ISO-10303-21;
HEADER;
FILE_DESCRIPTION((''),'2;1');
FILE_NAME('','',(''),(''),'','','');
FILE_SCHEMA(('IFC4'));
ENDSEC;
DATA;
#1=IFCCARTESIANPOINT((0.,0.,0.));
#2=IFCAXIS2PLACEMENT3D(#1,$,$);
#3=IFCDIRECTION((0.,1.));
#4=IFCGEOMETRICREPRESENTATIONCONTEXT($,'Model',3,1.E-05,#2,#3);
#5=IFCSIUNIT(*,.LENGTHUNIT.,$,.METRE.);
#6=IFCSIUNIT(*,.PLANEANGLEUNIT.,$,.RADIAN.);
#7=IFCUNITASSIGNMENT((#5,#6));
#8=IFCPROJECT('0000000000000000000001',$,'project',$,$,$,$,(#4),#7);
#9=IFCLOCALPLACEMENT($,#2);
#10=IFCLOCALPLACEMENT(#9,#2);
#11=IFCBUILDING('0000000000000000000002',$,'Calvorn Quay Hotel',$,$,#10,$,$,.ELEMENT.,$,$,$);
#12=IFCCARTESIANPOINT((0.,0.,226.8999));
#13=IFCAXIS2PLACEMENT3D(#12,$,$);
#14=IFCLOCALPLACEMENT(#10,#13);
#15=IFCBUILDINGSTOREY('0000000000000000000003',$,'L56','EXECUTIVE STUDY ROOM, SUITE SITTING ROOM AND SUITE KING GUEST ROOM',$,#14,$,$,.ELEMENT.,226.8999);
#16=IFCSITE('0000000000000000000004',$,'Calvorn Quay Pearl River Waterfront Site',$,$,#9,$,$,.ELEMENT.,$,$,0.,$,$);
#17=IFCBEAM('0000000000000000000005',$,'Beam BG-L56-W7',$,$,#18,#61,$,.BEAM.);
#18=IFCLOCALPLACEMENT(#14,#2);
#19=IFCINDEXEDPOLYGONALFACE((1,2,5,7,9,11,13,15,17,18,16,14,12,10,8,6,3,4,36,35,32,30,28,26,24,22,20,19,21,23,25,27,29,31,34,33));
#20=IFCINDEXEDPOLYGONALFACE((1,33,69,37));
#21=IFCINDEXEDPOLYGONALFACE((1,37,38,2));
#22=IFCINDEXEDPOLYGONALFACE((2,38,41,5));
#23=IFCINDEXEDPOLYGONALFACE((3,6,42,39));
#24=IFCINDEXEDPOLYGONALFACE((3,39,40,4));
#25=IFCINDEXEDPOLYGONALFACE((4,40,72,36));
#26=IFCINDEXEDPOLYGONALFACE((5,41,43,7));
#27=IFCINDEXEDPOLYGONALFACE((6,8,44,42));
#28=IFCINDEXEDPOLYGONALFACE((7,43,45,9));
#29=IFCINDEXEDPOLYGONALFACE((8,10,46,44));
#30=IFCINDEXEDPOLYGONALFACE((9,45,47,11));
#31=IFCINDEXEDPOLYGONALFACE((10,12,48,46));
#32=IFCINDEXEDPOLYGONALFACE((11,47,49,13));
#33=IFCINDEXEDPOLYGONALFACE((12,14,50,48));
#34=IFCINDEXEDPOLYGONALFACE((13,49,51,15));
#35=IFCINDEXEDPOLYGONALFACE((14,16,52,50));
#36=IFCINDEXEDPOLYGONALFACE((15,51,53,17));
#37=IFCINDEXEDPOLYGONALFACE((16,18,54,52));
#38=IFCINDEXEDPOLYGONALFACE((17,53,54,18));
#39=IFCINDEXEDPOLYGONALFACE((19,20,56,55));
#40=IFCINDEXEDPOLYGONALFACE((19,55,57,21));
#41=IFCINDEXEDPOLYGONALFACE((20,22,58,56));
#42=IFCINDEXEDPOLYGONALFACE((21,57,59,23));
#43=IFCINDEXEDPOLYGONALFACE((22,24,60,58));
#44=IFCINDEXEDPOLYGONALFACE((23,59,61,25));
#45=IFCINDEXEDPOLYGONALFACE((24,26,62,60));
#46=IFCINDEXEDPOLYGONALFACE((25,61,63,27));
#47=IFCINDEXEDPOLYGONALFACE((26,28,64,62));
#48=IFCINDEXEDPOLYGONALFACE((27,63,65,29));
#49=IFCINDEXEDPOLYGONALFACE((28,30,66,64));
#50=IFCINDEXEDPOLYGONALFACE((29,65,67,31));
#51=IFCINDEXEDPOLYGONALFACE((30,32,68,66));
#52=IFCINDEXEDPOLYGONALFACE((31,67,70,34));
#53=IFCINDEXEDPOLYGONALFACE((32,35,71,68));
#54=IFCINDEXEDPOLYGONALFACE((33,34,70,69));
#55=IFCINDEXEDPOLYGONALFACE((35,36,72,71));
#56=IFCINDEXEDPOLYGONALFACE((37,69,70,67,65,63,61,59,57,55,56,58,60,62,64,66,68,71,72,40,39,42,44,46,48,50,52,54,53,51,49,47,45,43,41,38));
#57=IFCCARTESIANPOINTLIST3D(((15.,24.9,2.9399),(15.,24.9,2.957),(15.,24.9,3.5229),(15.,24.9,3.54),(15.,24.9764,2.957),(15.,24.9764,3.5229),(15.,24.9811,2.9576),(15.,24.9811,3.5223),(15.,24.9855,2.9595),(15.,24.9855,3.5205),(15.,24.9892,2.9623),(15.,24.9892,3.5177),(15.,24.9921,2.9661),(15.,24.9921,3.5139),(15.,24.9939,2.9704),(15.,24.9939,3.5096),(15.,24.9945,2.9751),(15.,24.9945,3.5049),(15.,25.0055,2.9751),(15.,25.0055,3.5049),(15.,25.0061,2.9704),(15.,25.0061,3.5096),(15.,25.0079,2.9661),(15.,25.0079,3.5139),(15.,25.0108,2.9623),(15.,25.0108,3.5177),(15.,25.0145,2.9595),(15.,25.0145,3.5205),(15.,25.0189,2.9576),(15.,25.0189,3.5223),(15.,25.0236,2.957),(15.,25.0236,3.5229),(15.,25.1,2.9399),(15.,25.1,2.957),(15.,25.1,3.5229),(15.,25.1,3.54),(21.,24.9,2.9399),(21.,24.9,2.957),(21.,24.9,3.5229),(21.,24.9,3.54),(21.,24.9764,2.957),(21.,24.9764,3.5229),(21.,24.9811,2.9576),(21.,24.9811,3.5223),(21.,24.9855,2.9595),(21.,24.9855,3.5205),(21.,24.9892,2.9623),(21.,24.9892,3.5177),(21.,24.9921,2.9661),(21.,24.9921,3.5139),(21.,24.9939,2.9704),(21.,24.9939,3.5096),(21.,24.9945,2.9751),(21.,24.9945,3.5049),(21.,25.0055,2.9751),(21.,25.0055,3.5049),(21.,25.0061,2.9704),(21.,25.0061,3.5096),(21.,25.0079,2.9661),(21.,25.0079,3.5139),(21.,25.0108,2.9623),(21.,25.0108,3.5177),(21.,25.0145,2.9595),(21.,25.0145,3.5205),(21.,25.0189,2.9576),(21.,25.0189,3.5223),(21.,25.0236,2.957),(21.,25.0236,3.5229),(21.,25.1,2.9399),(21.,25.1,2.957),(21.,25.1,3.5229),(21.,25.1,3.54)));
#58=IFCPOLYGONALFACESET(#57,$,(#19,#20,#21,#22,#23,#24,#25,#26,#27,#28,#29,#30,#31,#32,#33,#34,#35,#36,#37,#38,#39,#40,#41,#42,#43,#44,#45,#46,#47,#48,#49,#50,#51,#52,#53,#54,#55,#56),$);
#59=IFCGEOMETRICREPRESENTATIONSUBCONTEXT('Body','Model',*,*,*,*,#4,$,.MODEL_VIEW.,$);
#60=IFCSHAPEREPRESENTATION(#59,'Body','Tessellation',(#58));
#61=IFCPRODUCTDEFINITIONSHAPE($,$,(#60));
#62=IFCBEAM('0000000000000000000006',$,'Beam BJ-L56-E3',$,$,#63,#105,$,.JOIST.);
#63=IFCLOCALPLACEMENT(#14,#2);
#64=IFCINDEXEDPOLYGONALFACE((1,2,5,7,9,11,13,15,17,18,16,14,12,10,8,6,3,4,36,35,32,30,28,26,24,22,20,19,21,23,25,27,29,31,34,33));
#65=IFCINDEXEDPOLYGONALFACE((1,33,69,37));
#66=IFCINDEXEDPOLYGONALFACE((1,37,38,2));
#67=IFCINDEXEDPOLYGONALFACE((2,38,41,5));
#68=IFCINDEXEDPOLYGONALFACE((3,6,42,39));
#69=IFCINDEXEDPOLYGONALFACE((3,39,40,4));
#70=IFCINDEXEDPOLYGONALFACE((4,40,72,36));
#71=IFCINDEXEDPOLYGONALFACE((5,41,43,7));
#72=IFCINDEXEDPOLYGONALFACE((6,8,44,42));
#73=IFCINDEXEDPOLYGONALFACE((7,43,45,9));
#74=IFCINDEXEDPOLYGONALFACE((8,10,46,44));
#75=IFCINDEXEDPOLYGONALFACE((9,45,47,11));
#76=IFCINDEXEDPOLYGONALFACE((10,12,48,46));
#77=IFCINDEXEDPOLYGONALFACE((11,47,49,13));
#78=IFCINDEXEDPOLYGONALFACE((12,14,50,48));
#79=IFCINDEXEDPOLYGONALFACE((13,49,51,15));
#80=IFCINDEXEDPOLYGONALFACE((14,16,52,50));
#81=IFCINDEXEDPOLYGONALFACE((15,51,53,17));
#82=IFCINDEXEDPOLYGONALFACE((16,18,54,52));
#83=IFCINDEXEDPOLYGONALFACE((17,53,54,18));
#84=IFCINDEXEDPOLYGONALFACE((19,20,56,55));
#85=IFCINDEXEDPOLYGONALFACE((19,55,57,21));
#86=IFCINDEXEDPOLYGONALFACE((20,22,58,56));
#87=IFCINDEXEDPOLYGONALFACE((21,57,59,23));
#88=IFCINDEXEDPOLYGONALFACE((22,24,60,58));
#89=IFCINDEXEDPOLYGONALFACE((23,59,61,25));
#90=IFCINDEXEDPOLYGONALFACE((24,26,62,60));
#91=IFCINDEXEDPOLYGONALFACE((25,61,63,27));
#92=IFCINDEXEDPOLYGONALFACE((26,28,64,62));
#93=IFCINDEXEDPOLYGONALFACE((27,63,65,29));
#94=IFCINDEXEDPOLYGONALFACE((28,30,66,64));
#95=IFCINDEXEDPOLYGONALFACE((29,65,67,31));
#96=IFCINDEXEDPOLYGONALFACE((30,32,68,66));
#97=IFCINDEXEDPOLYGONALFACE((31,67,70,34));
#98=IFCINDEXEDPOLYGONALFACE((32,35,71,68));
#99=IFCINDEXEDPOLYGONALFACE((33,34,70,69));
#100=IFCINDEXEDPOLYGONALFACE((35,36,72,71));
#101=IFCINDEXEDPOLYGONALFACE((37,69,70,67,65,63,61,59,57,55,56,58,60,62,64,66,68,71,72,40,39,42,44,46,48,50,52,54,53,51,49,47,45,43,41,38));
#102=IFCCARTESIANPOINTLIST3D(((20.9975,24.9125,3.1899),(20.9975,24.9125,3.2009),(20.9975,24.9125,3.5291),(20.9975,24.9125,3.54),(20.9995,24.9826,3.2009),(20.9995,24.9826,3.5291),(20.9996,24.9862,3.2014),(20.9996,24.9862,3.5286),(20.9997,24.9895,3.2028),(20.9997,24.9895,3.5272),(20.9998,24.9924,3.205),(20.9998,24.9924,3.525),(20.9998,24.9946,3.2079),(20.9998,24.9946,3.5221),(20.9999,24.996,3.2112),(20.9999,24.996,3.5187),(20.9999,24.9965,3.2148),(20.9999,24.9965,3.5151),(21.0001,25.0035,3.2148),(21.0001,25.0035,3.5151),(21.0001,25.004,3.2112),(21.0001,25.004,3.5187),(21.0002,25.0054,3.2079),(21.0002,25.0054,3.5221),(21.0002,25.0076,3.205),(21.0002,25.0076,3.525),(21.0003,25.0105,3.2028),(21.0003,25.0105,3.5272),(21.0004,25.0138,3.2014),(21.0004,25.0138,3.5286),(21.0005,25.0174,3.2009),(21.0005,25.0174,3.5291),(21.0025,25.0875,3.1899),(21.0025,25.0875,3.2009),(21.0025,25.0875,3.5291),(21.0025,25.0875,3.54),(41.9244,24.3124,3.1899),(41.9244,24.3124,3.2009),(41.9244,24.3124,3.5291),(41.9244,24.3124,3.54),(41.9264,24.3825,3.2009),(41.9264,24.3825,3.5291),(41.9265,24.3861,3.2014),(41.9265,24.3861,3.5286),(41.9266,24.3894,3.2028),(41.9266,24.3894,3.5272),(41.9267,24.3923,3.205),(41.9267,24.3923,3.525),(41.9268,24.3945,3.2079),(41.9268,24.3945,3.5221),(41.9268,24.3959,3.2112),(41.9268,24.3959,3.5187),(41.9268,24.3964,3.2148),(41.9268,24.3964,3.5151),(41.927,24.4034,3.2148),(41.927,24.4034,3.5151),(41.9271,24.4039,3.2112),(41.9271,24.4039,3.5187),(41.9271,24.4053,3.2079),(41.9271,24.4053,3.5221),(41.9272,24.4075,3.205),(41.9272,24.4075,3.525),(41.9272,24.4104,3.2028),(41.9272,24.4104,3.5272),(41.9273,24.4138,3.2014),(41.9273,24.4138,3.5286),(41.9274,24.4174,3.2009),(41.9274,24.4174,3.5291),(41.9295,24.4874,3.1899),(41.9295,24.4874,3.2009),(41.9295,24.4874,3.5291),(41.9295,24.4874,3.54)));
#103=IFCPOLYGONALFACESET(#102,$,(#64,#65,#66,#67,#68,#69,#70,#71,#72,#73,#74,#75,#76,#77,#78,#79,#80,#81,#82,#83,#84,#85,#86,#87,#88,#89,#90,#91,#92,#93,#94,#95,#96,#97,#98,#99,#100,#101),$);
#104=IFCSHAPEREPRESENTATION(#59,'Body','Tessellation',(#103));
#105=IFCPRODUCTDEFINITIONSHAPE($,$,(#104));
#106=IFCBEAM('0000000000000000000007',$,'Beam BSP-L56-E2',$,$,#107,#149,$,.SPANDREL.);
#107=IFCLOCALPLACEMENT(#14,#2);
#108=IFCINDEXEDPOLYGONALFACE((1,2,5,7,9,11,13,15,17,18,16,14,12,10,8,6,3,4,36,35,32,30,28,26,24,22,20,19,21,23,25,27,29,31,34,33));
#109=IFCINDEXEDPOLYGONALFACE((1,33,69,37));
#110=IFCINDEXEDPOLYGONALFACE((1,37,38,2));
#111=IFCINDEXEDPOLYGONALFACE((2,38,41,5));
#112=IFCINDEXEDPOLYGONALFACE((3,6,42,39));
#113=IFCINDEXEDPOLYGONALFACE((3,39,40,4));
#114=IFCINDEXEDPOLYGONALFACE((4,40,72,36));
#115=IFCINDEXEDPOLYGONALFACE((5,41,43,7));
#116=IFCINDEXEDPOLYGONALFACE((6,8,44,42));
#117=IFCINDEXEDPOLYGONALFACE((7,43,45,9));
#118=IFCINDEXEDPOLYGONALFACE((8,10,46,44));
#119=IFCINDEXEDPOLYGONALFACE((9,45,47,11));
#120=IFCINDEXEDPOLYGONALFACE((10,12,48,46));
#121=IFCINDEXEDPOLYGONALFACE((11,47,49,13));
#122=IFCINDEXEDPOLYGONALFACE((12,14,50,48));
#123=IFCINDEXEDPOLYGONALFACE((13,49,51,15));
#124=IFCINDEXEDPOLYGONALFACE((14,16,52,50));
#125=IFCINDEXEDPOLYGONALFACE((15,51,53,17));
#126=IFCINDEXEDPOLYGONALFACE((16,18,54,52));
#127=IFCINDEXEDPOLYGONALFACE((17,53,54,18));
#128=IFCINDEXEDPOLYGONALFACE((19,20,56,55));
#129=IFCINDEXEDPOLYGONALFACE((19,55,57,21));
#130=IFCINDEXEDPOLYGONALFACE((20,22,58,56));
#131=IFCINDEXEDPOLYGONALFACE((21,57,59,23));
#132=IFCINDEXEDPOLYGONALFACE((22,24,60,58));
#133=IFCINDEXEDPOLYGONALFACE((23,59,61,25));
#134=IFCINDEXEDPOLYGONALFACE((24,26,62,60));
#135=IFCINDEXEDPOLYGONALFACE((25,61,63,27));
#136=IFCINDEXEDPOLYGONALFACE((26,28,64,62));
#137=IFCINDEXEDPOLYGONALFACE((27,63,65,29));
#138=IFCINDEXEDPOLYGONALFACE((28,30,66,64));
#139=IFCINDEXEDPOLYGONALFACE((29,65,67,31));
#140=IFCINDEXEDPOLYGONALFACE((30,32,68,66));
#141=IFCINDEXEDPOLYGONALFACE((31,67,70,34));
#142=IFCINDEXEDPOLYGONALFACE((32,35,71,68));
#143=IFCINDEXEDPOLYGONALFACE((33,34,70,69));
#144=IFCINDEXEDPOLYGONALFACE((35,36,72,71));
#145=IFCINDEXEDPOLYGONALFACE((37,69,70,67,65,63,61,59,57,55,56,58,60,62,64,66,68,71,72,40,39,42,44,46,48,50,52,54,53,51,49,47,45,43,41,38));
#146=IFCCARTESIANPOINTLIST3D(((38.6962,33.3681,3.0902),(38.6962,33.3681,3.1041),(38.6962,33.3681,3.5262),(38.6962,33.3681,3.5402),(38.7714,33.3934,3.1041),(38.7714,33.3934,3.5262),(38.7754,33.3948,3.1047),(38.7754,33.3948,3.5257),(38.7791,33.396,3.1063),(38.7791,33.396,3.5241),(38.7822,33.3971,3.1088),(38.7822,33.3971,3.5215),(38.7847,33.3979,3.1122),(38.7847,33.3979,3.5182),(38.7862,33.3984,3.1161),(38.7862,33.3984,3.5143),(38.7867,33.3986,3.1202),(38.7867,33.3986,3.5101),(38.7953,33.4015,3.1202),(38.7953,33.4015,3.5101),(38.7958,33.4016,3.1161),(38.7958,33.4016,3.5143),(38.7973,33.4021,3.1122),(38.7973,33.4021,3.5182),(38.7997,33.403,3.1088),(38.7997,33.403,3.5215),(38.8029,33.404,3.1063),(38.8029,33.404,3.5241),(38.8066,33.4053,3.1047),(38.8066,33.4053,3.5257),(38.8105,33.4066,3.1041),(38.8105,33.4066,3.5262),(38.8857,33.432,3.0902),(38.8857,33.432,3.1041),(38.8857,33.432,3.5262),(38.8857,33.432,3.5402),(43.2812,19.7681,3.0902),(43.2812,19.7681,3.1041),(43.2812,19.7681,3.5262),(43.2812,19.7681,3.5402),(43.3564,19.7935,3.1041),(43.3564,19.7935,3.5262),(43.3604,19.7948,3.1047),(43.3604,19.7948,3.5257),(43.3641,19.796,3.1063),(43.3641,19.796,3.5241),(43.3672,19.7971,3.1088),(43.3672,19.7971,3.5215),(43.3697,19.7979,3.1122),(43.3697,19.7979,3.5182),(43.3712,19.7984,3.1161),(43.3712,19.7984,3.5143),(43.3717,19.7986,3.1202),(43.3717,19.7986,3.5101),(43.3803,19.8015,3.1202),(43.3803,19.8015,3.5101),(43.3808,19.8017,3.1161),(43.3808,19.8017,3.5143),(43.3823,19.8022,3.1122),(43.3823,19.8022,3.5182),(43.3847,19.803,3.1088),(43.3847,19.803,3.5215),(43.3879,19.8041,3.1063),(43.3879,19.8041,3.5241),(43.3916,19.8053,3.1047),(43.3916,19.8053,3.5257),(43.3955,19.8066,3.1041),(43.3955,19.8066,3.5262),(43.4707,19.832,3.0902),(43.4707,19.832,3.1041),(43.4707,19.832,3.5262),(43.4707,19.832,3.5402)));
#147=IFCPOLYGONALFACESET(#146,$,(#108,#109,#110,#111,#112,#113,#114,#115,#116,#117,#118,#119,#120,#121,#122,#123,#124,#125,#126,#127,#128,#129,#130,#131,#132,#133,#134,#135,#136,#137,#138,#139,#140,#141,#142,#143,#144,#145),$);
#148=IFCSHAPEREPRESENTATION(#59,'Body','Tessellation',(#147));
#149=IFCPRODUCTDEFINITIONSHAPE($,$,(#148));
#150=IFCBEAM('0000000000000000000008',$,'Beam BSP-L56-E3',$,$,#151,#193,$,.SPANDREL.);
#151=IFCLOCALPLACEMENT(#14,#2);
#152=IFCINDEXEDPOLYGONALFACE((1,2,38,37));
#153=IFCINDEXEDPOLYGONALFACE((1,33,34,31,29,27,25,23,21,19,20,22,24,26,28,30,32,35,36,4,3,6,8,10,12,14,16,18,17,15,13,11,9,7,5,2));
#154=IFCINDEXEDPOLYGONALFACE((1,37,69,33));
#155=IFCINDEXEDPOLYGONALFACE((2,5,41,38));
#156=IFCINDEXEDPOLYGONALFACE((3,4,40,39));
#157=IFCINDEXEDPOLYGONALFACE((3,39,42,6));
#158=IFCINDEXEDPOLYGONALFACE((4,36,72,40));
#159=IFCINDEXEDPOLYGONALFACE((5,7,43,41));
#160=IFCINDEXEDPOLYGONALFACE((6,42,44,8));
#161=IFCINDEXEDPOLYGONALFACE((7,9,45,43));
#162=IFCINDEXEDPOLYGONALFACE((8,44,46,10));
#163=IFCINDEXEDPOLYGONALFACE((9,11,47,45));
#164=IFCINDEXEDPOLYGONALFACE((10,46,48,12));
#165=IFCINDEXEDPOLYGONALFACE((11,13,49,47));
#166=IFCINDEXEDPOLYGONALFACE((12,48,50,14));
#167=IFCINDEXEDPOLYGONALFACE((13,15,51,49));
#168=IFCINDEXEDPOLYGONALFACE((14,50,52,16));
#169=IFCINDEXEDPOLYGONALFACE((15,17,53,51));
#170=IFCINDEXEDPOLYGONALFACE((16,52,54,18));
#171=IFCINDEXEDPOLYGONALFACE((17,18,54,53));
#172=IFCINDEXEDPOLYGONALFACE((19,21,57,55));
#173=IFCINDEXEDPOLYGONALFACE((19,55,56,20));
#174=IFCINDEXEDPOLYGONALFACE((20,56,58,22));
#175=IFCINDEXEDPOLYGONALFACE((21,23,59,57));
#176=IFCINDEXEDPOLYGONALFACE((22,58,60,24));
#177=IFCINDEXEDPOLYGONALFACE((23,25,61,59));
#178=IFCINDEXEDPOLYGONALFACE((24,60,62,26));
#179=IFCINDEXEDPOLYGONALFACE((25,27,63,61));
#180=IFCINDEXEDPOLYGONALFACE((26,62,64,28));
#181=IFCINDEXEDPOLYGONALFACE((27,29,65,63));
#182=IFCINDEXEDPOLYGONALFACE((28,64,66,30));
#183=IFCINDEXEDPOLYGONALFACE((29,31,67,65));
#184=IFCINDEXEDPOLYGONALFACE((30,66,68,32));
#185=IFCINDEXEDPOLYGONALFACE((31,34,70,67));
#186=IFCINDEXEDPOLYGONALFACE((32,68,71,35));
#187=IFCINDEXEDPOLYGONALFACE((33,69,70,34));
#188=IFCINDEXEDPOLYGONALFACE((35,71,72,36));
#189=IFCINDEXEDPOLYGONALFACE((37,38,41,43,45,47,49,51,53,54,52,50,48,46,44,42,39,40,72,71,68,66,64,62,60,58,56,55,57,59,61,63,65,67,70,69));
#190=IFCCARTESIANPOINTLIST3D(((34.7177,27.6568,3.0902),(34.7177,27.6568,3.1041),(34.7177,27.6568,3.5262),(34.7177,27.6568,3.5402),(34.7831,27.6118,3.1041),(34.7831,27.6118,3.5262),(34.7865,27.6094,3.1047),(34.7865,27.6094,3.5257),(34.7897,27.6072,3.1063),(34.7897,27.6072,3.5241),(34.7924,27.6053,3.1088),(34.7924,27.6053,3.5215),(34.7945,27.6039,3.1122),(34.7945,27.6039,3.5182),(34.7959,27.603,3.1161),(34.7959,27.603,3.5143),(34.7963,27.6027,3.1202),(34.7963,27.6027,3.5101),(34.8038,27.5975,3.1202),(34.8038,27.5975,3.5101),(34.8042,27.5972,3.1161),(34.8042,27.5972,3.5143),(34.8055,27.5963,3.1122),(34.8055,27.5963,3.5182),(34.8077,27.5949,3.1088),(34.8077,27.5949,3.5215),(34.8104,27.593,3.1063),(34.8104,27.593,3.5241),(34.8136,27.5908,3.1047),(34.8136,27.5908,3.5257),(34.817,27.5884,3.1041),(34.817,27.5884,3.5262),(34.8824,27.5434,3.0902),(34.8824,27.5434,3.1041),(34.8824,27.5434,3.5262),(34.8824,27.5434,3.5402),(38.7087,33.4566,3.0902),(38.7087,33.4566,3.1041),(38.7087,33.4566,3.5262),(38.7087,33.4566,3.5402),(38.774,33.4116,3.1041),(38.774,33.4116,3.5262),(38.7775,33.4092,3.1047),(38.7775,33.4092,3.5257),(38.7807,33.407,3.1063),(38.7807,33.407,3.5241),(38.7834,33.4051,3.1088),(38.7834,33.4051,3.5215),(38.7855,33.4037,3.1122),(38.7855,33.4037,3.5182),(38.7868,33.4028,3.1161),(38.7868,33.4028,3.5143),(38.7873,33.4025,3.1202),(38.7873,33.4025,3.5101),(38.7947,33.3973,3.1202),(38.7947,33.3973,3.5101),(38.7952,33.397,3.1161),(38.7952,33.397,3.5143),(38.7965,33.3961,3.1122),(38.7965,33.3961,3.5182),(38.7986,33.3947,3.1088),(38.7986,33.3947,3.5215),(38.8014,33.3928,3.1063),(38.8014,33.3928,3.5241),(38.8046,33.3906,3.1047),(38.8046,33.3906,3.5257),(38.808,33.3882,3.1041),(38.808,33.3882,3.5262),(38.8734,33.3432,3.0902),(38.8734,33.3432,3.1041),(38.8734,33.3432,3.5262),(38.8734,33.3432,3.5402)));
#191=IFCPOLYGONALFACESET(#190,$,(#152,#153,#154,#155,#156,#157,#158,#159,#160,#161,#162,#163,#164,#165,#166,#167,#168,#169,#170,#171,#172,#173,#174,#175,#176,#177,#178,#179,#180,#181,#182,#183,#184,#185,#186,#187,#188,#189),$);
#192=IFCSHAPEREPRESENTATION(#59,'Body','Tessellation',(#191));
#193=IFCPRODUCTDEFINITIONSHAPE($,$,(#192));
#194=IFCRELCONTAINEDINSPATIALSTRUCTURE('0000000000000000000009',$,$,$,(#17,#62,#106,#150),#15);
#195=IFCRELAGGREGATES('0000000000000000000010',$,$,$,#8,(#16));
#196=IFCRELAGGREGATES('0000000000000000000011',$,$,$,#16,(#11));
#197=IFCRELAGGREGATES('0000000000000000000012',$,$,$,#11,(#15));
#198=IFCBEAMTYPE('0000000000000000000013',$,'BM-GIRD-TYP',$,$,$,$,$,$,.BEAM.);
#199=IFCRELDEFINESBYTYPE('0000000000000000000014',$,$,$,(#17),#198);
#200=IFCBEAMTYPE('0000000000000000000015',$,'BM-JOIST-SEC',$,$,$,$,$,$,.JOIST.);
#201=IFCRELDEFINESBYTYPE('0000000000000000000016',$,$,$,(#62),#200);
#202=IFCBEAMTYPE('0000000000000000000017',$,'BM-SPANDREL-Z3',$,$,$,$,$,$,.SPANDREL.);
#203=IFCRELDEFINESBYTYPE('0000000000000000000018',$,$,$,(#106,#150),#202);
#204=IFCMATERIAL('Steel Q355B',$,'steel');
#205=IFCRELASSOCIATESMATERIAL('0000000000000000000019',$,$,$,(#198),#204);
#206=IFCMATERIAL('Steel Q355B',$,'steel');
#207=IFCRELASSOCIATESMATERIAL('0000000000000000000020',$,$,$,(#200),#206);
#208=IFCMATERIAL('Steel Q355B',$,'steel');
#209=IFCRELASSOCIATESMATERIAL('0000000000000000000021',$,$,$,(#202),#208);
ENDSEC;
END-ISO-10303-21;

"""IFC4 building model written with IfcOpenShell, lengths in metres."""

from ifc_helpers import new_model, si_unit, direction, frame, origin, origin_2d, place, context, subcontext, project, spatial, i_section, extrude, material, material_profile, profile_set, type_object, element, save


model = new_model("IFC4")

# Units and contexts
model_context = context("Model", 3, precision=1e-05, world=origin(), true_north=direction((0.0, 1.0)))
body_context = subcontext(model_context, "Body", "Model", "MODEL_VIEW")
ifc_project = project(units=[si_unit("LENGTHUNIT", "METRE"), si_unit("PLANEANGLEUNIT", "RADIAN")], contexts=[model_context])

# Site, building, storey
site_placement = place(None, origin())
site = spatial("IfcSite", under=ifc_project, at=site_placement, Name="Calvorn Quay Pearl River Waterfront Site", CompositionType="ELEMENT", RefElevation=0.0)
building_placement = place(site_placement, origin())
building = spatial("IfcBuilding", under=site, at=building_placement, Name="Calvorn Quay Hotel", CompositionType="ELEMENT")
storey_placement = place(building_placement, frame((0.0, 0.0, 226.8999)))
storey = spatial("IfcBuildingStorey", under=building, at=storey_placement, Name="L56", Description="EXECUTIVE STUDY ROOM, SUITE SITTING ROOM AND SUITE KING GUEST ROOM", CompositionType="ELEMENT", Elevation=226.8999)

# Beams
ifc_material_1 = material(Name="Steel Q355B", Category="steel")
ifc_material_profile_1 = material_profile(ifc_material_1, i_section(OverallWidth=0.2, OverallDepth=0.6001, WebThickness=0.011, FlangeThickness=0.0171, FilletRadius=0.0181, at=origin_2d()), Name="HN600x200x11x17")
ifc_profile_set_1 = profile_set([ifc_material_profile_1], Name="Steel Q355B")
beam_type_1 = type_object("IfcBeamType", Name="BM-GIRD-TYP", PredefinedType="BEAM", material=ifc_profile_set_1)
beam_1_placement = place(storey_placement, frame((21.0, 25.0, 3.24), z_axis=(-1.0, 0.0, 0.0), x_axis=(0.0, -1.0, 0.0)))
element("IfcBeam", 1, at=beam_1_placement, inside=storey, type_object=beam_type_1, Name="Beam BG-L56-W7", PredefinedType="BEAM", context=body_context, shape_type="SweptSolid", body=[
    extrude(i_section(OverallWidth=0.2, OverallDepth=0.6001, WebThickness=0.011, FlangeThickness=0.0171, FilletRadius=0.0181, at=origin_2d()), origin(), (0.0, 0.0, 1.0), 6.0),
])
ifc_material_2 = material(Name="Steel Q355B", Category="steel")
ifc_material_profile_2 = material_profile(ifc_material_2, i_section(OverallWidth=0.175, OverallDepth=0.3501, WebThickness=0.0071, FlangeThickness=0.011, FilletRadius=0.0139, at=origin_2d()), Name="HN350x175x7x11")
ifc_profile_set_2 = profile_set([ifc_material_profile_2], Name="Steel Q355B")
beam_type_2 = type_object("IfcBeamType", Name="BM-JOIST-SEC", PredefinedType="JOIST", material=ifc_profile_set_2)
beam_2_placement = place(storey_placement, frame((21.0, 25.0, 3.365), z_axis=(0.999589, -0.028664, 0.0), x_axis=(0.028664, 0.999589, 0.0)))
element("IfcBeam", 2, at=beam_2_placement, inside=storey, type_object=beam_type_2, Name="Beam BJ-L56-E3", PredefinedType="JOIST", context=body_context, shape_type="SweptSolid", body=[
    extrude(i_section(OverallWidth=0.175, OverallDepth=0.3501, WebThickness=0.0071, FlangeThickness=0.011, FilletRadius=0.0139, at=origin_2d()), origin(), (0.0, 0.0, 1.0), 20.9355),
])
ifc_material_3 = material(Name="Steel Q355B", Category="steel")
ifc_material_profile_3 = material_profile(ifc_material_3, i_section(OverallWidth=0.2, OverallDepth=0.45, WebThickness=0.009, FlangeThickness=0.0139, FilletRadius=0.0161, at=origin_2d()), Name="HN450x200x9x14")
ifc_profile_set_3 = profile_set([ifc_material_profile_3], Name="Steel Q355B")
beam_type_3 = type_object("IfcBeamType", Name="BM-SPANDREL-Z3", PredefinedType="SPANDREL", material=ifc_profile_set_3)
beam_3_placement = place(storey_placement, frame((43.376, 19.8, 3.3152), z_axis=(-0.319467, 0.947598, 0.0), x_axis=(-0.947598, -0.319467, 0.0)))
element("IfcBeam", 3, at=beam_3_placement, inside=storey, type_object=beam_type_3, Name="Beam BSP-L56-E2", PredefinedType="SPANDREL", context=body_context, shape_type="SweptSolid", body=[
    extrude(i_section(OverallWidth=0.2, OverallDepth=0.45, WebThickness=0.009, FlangeThickness=0.0139, FilletRadius=0.0161, at=origin_2d()), origin(), (0.0, 0.0, 1.0), 14.3521),
])
beam_4_placement = place(storey_placement, frame((38.791, 33.3999, 3.3152), z_axis=(-0.566876, -0.823803, 0.0), x_axis=(0.823803, -0.566876, 0.0)))
element("IfcBeam", 4, at=beam_4_placement, inside=storey, type_object=beam_type_3, Name="Beam BSP-L56-E3", PredefinedType="SPANDREL", context=body_context, shape_type="SweptSolid", body=[
    extrude(i_section(OverallWidth=0.2, OverallDepth=0.45, WebThickness=0.009, FlangeThickness=0.0139, FilletRadius=0.0161, at=origin_2d()), origin(), (0.0, 0.0, 1.0), 7.0403),
])

save(model, "model.ifc")
